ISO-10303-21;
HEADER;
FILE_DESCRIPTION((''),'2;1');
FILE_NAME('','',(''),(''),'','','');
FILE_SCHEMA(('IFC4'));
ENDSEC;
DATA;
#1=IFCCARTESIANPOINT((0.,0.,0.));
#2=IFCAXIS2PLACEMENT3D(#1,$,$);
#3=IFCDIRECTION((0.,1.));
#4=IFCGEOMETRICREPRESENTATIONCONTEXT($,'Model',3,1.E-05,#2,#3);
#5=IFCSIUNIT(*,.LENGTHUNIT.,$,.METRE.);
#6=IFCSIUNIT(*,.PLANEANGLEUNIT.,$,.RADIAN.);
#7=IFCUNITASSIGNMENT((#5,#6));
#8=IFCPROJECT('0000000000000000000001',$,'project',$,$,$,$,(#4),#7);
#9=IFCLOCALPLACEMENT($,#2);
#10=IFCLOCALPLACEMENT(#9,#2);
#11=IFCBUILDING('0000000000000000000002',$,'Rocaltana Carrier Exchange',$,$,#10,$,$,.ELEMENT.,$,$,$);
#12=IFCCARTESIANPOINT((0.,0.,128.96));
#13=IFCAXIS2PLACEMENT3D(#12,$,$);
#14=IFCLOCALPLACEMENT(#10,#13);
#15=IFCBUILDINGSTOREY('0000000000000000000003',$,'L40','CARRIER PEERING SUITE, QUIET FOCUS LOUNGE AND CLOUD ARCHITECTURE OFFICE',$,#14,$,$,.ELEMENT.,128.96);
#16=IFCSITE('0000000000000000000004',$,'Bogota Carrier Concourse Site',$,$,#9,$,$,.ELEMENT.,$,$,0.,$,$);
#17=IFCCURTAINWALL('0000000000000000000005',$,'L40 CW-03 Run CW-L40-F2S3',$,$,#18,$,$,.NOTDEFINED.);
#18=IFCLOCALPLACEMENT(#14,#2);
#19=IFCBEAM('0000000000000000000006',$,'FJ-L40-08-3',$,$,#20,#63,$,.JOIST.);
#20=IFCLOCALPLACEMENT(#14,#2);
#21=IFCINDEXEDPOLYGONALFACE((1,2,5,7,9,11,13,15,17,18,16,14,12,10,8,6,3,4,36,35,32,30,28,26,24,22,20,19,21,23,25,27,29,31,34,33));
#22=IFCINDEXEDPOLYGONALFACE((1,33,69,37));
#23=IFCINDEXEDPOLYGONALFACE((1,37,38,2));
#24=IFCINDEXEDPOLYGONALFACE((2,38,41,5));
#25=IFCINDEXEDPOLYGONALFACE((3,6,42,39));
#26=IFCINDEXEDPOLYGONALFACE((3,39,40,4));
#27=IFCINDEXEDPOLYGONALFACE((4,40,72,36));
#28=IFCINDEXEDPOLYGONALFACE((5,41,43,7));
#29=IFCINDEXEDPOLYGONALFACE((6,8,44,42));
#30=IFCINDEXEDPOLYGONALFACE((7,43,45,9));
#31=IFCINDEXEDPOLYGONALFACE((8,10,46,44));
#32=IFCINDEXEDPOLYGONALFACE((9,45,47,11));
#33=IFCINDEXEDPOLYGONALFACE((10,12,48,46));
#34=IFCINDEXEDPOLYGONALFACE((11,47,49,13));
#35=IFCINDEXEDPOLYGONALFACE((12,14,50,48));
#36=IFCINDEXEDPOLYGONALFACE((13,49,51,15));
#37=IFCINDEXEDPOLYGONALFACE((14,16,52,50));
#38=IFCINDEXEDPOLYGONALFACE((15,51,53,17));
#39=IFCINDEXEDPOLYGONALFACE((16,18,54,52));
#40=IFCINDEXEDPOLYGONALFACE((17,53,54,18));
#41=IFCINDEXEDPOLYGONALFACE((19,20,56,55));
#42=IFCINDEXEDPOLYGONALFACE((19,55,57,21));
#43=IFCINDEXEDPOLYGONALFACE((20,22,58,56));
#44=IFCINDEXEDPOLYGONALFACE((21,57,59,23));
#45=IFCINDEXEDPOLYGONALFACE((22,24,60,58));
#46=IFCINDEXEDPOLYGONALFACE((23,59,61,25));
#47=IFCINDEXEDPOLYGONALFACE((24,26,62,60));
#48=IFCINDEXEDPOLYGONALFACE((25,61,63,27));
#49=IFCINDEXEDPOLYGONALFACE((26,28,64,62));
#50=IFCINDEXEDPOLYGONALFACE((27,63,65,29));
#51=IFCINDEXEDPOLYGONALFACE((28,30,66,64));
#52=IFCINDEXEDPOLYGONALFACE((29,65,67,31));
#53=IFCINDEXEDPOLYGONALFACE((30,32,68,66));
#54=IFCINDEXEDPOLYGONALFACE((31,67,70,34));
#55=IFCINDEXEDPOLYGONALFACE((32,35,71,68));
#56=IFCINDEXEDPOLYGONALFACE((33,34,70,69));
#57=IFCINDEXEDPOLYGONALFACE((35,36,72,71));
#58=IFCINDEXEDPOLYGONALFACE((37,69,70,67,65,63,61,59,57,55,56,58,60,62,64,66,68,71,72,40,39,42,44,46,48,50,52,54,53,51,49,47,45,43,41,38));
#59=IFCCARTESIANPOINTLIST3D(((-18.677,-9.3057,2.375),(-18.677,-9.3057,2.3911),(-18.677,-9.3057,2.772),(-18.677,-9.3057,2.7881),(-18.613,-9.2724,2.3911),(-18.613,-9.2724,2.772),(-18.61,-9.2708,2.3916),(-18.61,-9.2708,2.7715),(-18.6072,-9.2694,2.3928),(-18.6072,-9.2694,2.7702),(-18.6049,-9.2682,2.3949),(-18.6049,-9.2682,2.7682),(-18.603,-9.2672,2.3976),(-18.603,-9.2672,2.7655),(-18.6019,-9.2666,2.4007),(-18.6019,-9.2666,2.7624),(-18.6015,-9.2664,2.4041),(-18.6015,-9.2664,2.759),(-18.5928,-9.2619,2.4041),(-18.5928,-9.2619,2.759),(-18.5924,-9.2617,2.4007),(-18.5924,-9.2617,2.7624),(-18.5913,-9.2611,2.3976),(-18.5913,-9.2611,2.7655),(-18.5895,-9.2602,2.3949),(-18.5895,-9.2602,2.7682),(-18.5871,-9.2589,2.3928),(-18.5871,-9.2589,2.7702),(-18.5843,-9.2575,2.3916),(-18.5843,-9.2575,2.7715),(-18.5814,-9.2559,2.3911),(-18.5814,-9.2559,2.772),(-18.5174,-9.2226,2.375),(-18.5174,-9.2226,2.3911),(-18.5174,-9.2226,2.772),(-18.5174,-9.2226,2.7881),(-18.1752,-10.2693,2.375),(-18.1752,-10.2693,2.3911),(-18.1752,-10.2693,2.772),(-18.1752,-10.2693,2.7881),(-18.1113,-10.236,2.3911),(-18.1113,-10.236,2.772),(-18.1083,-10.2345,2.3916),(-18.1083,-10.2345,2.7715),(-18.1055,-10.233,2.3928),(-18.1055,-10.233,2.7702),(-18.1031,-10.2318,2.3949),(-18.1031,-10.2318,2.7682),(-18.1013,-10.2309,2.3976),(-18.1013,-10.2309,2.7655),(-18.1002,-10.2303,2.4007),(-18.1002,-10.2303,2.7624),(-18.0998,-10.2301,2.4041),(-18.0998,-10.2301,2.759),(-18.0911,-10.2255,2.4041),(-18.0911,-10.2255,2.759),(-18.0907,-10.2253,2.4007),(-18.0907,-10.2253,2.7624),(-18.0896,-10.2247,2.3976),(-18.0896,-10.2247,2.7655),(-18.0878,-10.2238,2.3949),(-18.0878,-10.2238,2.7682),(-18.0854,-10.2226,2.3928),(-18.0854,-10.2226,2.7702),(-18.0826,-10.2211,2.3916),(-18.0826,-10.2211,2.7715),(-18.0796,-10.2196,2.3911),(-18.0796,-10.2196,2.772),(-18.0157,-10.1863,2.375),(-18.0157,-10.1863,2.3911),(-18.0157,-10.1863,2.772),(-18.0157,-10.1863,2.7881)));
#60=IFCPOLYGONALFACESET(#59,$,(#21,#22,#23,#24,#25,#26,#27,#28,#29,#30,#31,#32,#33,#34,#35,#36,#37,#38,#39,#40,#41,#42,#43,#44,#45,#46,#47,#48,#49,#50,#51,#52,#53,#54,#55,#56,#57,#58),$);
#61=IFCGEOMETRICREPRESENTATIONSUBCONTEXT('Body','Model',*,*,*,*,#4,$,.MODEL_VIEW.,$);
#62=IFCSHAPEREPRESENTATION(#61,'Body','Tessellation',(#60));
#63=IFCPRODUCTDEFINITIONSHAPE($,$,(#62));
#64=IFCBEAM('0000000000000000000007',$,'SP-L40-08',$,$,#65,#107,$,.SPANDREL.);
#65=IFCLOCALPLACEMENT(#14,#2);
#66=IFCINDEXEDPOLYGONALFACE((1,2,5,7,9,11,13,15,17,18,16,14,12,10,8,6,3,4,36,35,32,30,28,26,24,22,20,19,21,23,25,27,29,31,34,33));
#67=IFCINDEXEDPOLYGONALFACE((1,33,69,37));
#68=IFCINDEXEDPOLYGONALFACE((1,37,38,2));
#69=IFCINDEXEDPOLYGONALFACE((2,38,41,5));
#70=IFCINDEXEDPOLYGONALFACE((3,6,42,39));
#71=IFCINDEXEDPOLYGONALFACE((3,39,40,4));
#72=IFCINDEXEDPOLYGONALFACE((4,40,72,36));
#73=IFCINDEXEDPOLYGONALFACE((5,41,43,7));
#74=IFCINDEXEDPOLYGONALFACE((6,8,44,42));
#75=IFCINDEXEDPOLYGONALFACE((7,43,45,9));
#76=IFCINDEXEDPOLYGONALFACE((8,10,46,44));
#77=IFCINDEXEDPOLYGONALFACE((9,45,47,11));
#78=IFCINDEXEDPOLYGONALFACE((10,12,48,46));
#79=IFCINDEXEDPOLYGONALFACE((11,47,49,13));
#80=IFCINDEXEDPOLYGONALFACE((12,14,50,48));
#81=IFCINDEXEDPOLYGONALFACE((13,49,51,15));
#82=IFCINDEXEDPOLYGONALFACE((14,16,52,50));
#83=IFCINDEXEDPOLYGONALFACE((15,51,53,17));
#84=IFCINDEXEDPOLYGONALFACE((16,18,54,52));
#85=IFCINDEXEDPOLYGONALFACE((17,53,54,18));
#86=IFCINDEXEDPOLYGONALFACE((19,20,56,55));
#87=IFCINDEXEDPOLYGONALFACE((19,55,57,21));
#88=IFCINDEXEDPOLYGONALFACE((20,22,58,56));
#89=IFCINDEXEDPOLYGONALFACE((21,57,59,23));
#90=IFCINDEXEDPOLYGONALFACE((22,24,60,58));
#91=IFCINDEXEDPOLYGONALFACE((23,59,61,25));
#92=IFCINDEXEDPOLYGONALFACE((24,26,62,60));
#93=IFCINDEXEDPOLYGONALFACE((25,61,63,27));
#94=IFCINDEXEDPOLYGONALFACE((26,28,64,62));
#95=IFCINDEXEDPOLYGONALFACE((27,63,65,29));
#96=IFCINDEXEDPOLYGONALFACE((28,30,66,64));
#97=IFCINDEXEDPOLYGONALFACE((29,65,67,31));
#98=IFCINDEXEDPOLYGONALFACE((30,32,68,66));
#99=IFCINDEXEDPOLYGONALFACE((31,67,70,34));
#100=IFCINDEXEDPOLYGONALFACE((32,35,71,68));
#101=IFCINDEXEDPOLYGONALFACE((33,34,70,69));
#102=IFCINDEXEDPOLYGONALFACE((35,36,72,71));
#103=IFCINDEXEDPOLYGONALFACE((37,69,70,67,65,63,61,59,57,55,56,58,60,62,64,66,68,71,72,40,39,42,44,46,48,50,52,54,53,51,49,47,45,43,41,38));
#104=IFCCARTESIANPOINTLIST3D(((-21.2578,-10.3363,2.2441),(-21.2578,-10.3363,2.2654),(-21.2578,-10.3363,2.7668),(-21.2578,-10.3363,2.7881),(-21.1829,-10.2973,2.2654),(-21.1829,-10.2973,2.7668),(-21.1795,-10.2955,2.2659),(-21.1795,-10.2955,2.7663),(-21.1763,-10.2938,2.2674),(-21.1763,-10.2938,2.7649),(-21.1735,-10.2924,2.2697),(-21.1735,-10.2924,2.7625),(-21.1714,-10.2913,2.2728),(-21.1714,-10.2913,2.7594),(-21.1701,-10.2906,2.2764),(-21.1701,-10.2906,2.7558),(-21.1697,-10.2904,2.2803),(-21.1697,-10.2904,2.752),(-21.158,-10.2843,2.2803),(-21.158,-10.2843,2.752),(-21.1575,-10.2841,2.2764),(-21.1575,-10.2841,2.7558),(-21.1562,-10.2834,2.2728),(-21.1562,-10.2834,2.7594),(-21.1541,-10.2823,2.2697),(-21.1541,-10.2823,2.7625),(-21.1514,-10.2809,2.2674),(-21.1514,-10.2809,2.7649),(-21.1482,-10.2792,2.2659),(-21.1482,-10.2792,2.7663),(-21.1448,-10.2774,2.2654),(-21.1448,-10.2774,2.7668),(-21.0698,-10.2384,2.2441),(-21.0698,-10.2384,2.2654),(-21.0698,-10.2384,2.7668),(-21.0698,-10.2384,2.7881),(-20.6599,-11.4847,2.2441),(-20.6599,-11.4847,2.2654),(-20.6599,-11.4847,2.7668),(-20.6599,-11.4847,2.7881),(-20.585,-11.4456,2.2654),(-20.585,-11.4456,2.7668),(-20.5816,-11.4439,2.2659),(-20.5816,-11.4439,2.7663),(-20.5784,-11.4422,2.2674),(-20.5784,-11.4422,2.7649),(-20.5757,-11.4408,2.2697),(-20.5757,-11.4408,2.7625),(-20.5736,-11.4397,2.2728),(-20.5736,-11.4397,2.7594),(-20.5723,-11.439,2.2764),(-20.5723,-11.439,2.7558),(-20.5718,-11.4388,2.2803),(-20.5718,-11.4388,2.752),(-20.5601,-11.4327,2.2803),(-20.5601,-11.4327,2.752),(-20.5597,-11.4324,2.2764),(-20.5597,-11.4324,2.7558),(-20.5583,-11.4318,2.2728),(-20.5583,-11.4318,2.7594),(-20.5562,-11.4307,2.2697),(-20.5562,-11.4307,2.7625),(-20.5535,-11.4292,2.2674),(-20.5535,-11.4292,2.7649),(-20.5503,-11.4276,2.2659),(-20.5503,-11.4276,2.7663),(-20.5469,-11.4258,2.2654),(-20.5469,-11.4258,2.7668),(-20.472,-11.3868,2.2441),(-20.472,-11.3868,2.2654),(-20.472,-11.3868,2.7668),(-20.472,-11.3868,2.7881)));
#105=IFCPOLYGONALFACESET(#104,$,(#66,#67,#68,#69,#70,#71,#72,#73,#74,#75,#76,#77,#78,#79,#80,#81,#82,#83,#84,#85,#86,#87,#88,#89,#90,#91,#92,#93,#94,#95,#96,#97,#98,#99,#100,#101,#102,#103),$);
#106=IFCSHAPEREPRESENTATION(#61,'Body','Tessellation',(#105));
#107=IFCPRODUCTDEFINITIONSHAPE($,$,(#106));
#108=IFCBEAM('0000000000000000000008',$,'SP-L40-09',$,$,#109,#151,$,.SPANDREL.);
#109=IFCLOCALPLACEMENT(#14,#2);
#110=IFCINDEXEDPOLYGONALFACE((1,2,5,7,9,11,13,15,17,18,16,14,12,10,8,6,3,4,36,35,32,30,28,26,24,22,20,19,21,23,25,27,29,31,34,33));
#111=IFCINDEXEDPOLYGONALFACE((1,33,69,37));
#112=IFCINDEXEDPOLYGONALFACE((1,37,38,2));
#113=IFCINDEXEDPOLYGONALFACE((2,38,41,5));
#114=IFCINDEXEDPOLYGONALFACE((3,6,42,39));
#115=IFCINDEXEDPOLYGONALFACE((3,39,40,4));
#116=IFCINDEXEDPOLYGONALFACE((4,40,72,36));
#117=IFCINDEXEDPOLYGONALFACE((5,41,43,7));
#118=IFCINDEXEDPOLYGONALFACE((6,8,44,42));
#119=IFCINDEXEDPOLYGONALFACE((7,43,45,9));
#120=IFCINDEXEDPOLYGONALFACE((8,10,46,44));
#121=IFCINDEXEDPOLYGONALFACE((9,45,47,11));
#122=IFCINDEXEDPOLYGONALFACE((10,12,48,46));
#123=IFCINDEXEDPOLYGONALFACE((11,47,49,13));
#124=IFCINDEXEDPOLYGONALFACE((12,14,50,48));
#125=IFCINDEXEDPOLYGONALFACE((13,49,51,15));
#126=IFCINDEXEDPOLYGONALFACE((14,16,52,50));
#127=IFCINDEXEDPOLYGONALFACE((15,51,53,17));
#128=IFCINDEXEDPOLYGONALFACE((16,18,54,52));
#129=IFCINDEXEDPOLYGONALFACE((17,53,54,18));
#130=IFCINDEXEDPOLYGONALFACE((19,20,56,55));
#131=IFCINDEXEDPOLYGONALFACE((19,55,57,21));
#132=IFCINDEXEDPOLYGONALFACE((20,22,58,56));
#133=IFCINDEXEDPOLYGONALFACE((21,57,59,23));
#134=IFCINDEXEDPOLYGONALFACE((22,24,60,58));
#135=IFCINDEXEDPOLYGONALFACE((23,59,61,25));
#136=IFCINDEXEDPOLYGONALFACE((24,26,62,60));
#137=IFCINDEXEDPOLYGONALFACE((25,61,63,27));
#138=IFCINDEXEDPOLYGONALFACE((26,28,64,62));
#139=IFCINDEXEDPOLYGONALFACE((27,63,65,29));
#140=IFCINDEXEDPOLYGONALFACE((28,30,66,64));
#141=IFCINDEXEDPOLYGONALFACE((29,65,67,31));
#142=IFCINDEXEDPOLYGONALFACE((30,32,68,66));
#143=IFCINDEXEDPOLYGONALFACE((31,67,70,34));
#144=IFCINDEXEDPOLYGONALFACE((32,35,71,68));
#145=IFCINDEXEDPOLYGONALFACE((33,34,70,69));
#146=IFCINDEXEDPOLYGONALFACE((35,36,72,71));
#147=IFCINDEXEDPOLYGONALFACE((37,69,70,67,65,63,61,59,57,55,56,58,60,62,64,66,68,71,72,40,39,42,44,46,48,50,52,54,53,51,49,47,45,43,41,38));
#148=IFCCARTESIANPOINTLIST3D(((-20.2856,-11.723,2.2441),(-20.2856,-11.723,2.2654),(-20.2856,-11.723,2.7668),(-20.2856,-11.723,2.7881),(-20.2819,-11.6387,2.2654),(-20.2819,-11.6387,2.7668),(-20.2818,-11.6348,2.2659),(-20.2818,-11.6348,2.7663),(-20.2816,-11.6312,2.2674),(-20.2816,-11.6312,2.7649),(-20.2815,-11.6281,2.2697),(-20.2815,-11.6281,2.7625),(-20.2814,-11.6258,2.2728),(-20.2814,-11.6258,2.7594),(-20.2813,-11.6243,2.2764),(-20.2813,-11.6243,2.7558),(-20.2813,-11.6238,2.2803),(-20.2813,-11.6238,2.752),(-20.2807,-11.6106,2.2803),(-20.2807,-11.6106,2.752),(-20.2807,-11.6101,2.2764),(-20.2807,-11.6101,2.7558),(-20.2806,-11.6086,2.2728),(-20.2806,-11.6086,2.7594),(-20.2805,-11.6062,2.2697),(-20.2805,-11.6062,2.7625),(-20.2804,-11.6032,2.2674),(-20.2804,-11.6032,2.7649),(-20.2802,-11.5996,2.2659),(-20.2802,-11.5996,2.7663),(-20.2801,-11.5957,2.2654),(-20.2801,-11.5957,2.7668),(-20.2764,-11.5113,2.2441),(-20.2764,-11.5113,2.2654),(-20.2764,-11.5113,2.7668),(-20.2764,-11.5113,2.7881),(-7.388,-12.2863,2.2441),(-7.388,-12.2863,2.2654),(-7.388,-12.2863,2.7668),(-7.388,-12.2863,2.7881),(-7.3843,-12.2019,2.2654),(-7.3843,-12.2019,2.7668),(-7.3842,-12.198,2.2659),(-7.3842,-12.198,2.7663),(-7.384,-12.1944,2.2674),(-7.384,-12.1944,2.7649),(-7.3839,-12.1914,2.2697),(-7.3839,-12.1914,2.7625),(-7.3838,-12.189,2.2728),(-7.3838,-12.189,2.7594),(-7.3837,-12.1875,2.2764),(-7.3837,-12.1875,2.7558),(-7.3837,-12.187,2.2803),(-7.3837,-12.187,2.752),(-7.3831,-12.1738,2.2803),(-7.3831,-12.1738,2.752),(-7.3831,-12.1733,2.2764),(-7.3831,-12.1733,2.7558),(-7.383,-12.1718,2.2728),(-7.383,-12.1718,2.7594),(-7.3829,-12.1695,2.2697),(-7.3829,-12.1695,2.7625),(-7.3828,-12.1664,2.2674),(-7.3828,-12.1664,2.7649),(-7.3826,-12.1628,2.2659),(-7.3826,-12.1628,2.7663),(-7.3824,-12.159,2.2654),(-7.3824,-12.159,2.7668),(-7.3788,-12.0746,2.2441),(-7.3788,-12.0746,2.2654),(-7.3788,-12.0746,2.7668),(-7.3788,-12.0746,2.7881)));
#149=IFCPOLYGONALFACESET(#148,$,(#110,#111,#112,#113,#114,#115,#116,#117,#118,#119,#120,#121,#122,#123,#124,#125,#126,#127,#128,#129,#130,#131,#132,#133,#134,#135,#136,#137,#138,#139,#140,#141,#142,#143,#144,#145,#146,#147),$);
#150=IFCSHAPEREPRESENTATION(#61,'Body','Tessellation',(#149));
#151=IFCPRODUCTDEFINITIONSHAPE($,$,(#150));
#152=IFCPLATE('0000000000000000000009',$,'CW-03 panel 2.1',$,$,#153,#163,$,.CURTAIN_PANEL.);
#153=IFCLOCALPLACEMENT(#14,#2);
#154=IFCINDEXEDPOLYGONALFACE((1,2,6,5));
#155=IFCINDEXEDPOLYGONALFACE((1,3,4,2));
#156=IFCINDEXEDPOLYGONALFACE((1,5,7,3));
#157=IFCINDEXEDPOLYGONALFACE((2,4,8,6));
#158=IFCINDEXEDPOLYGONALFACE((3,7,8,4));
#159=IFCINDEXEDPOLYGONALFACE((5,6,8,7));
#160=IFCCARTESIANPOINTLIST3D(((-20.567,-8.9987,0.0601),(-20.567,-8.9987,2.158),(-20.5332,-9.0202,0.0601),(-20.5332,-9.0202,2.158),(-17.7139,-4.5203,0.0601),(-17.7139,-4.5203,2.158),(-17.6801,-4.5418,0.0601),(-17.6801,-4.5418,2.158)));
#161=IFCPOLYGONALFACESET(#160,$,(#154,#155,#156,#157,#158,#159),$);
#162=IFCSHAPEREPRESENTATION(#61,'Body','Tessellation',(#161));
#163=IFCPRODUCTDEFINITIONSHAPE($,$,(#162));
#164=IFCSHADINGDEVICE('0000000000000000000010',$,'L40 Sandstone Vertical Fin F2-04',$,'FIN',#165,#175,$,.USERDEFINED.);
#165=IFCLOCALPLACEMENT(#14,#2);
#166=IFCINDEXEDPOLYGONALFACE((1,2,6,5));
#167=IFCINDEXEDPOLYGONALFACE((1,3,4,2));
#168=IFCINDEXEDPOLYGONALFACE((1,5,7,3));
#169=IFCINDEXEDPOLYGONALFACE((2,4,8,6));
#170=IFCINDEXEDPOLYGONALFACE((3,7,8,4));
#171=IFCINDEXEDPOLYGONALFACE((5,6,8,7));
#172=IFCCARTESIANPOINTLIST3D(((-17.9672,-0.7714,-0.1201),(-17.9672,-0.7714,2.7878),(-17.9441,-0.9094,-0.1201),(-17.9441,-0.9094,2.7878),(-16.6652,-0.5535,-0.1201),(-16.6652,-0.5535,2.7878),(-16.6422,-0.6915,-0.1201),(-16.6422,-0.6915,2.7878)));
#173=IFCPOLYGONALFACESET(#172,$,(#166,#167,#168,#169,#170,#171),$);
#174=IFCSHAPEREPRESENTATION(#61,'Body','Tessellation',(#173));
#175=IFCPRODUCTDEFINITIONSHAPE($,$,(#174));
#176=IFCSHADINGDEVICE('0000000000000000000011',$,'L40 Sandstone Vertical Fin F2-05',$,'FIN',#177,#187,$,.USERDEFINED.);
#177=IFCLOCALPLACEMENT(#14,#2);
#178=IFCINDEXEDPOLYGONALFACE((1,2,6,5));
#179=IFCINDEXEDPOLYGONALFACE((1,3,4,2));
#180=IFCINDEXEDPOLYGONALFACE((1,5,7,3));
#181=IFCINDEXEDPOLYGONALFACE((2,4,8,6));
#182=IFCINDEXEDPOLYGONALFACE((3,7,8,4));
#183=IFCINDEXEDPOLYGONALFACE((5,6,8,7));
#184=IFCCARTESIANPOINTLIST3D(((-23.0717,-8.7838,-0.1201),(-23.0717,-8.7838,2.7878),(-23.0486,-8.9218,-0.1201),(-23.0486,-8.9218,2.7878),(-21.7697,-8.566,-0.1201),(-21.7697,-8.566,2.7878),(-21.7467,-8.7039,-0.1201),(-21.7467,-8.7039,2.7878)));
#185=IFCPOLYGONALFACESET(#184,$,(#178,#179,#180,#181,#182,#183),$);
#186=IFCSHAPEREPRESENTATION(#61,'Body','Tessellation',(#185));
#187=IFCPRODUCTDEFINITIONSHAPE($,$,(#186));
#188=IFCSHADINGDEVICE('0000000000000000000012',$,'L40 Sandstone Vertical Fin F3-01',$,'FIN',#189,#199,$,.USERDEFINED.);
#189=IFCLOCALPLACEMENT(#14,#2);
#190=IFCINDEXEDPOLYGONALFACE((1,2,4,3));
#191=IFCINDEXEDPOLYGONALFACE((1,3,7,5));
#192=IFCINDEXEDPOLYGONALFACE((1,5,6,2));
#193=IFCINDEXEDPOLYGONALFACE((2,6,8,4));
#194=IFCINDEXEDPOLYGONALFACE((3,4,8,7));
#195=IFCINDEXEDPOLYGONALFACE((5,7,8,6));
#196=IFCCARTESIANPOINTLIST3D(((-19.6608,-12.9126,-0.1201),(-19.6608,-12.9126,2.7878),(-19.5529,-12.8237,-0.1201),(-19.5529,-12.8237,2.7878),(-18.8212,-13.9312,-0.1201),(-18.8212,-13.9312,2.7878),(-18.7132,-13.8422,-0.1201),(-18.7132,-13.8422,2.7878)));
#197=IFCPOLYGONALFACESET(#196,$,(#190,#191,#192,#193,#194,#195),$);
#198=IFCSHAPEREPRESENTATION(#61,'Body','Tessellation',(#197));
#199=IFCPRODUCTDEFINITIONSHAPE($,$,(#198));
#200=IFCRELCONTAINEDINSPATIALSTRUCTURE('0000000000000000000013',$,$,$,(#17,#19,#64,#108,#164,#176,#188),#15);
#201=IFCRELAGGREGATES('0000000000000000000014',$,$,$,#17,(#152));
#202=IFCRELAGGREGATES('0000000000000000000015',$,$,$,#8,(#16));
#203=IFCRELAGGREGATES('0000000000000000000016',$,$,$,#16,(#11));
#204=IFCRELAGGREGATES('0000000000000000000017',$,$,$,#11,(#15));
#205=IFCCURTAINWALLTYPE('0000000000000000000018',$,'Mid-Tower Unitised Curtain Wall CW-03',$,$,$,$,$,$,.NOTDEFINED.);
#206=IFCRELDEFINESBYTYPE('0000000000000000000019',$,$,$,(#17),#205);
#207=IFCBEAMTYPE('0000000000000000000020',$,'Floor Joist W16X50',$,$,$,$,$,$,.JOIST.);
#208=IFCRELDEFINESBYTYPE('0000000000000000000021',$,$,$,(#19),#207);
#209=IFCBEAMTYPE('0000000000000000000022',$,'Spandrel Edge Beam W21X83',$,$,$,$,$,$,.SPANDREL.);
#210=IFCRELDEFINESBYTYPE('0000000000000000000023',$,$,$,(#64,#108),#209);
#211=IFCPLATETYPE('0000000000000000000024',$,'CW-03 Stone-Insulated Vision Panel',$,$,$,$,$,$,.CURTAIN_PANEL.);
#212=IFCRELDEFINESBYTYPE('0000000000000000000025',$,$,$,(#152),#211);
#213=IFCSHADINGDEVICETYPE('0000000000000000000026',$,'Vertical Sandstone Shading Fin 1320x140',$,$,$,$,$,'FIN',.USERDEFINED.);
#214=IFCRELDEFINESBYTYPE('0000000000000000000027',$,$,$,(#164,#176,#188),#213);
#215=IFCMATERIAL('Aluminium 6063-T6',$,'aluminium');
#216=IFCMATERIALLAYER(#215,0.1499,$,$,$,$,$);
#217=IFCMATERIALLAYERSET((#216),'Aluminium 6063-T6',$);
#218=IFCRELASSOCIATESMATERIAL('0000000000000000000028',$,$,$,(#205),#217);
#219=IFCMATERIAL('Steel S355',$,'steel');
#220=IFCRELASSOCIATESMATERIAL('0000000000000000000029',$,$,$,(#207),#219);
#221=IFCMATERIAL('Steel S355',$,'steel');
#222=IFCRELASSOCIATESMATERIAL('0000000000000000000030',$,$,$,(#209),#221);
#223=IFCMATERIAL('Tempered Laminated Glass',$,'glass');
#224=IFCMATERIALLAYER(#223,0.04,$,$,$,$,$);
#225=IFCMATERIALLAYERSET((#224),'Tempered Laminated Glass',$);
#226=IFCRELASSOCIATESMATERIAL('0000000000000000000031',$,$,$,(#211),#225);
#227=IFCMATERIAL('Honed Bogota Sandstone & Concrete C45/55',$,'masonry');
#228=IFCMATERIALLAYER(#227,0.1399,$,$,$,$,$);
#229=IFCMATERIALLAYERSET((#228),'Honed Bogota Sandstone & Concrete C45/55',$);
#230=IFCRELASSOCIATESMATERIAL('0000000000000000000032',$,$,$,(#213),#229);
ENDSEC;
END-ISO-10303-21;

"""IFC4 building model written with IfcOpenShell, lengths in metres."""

from ifc_helpers import new_model, si_unit, direction, frame, origin, origin_2d, place, context, subcontext, project, spatial, rectangle, i_section, extrude, material, layer, layer_set, material_profile, profile_set, type_object, element, aggregate, save


model = new_model("IFC4")

# Units and contexts
model_context = context("Model", 3, precision=1e-05, world=origin(), true_north=direction((0.0, 1.0)))
body_context = subcontext(model_context, "Body", "Model", "MODEL_VIEW")
ifc_project = project(units=[si_unit("LENGTHUNIT", "METRE"), si_unit("PLANEANGLEUNIT", "RADIAN")], contexts=[model_context])

# Site, building, storey
site_placement = place(None, origin())
site = spatial("IfcSite", under=ifc_project, at=site_placement, Name="Bogota Carrier Concourse Site", CompositionType="ELEMENT", RefElevation=0.0)
building_placement = place(site_placement, origin())
building = spatial("IfcBuilding", under=site, at=building_placement, Name="Rocaltana Carrier Exchange", CompositionType="ELEMENT")
storey_placement = place(building_placement, frame((0.0, 0.0, 128.96)))
storey = spatial("IfcBuildingStorey", under=building, at=storey_placement, Name="L40", Description="CARRIER PEERING SUITE, QUIET FOCUS LOUNGE AND CLOUD ARCHITECTURE OFFICE", CompositionType="ELEMENT", Elevation=128.96)

# Curtain wall
ifc_material_1 = material(Name="Aluminium 6063-T6", Category="aluminium")
ifc_layer_1 = layer(ifc_material_1, 0.1499)
ifc_layer_set_1 = layer_set([ifc_layer_1], Name="Aluminium 6063-T6")
curtain_wall_type = type_object("IfcCurtainWallType", Name="Mid-Tower Unitised Curtain Wall CW-03", PredefinedType="NOTDEFINED", material=ifc_layer_set_1)
curtain_wall_1_placement = place(storey_placement, origin())
curtain_wall_1 = element("IfcCurtainWall", 1, at=curtain_wall_1_placement, inside=storey, type_object=curtain_wall_type, Name="L40 CW-03 Run CW-L40-F2S3", PredefinedType="NOTDEFINED")

# Beams
ifc_material_2 = material(Name="Steel S355", Category="steel")
ifc_material_profile_1 = material_profile(ifc_material_2, i_section(OverallWidth=0.1799, OverallDepth=0.4131, WebThickness=0.0098, FlangeThickness=0.0161, FilletRadius=0.0129, at=origin_2d()), Name="W16X50")
ifc_profile_set_1 = profile_set([ifc_material_profile_1], Name="Steel S355")
beam_type_1 = type_object("IfcBeamType", Name="Floor Joist W16X50", PredefinedType="JOIST", material=ifc_profile_set_1)
beam_1_placement = place(storey_placement, frame((-18.5972, -9.2642, 2.5815), z_axis=(0.461806, -0.886981, 0.0), x_axis=(0.886981, 0.461806, 0.0)))
element("IfcBeam", 2, at=beam_1_placement, inside=storey, type_object=beam_type_1, Name="FJ-L40-08-3", PredefinedType="JOIST", context=body_context, shape_type="SweptSolid", body=[
    extrude(i_section(OverallWidth=0.1799, OverallDepth=0.4131, WebThickness=0.0098, FlangeThickness=0.0161, FilletRadius=0.0129, at=origin_2d()), origin(), (0.0, 0.0, 1.0), 1.0864),
])
ifc_material_3 = material(Name="Steel S355", Category="steel")
ifc_material_profile_2 = material_profile(ifc_material_3, i_section(OverallWidth=0.2119, OverallDepth=0.5439, WebThickness=0.0132, FlangeThickness=0.0212, FilletRadius=0.0149, at=origin_2d()), Name="W21X83")
ifc_profile_set_2 = profile_set([ifc_material_profile_2], Name="Steel S355")
beam_type_2 = type_object("IfcBeamType", Name="Spandrel Edge Beam W21X83", PredefinedType="SPANDREL", material=ifc_profile_set_2)
beam_2_placement = place(storey_placement, frame((-21.1638, -10.2874, 2.5161), z_axis=(0.461786, -0.886991, 0.0), x_axis=(0.886991, 0.461786, 0.0)))
element("IfcBeam", 3, at=beam_2_placement, inside=storey, type_object=beam_type_2, Name="SP-L40-08", PredefinedType="SPANDREL", context=body_context, shape_type="SweptSolid", body=[
    extrude(i_section(OverallWidth=0.2119, OverallDepth=0.5439, WebThickness=0.0132, FlangeThickness=0.0212, FilletRadius=0.0149, at=origin_2d()), origin(), (0.0, 0.0, 1.0), 1.2947),
])
beam_3_placement = place(storey_placement, frame((-20.281, -11.6172, 2.5161), z_axis=(0.999048, -0.043628, 0.0), x_axis=(0.043628, 0.999048, 0.0)))
element("IfcBeam", 4, at=beam_3_placement, inside=storey, type_object=beam_type_2, Name="SP-L40-09", PredefinedType="SPANDREL", context=body_context, shape_type="SweptSolid", body=[
    extrude(i_section(OverallWidth=0.2119, OverallDepth=0.5439, WebThickness=0.0132, FlangeThickness=0.0212, FilletRadius=0.0149, at=origin_2d()), origin(), (0.0, 0.0, 1.0), 12.9099),
])

# Plate
ifc_material_4 = material(Name="Tempered Laminated Glass", Category="glass")
ifc_layer_2 = layer(ifc_material_4, 0.04)
ifc_layer_set_2 = layer_set([ifc_layer_2], Name="Tempered Laminated Glass")
plate_type = type_object("IfcPlateType", Name="CW-03 Stone-Insulated Vision Panel", PredefinedType="CURTAIN_PANEL", material=ifc_layer_set_2)
plate_placement = place(storey_placement, frame((-19.1235, -6.7703, 0.0601), z_axis=(0.0, 0.0, 1.0), x_axis=(-0.537301, -0.843391, 0.0)))
plate = element("IfcPlate", 5, at=plate_placement, type_object=plate_type, Name="CW-03 panel 2.1", PredefinedType="CURTAIN_PANEL", context=body_context, shape_type="SweptSolid", body=[
    extrude(rectangle(XDim=5.3101, YDim=0.04, at=origin_2d()), origin(), (0.0, 0.0, 1.0), 2.0979),
])
aggregate(curtain_wall_1, [plate])

# Shading devices
ifc_material_5 = material(Name="Honed Bogota Sandstone & Concrete C45/55", Category="masonry")
ifc_layer_3 = layer(ifc_material_5, 0.1399)
ifc_layer_set_3 = layer_set([ifc_layer_3], Name="Honed Bogota Sandstone & Concrete C45/55")
shading_device_type = type_object("IfcShadingDeviceType", Name="Vertical Sandstone Shading Fin 1320x140", ElementType="FIN", PredefinedType="USERDEFINED", material=ifc_layer_set_3)
for number, where, z_axis, x_axis, name in (
    (6, (-17.3047, -0.7314, -0.1201), (0.0, 0.0, 1.0), (-0.986286, -0.165048, 0.0), "L40 Sandstone Vertical Fin F2-04"),
    (7, (-22.4092, -8.7439, -0.1201), (0.0, 0.0, 1.0), (-0.986286, -0.165048, 0.0), "L40 Sandstone Vertical Fin F2-05"),
    (8, (-19.187, -13.3774, -0.1201), (0.0, 0.0, 1.0), (0.636078, -0.771625, 0.0), "L40 Sandstone Vertical Fin F3-01"),
):
    element("IfcShadingDevice", number, at=place(storey_placement, frame(where, z_axis=z_axis, x_axis=x_axis)), inside=storey, type_object=shading_device_type, Name=name, ObjectType="FIN", PredefinedType="USERDEFINED", context=body_context, shape_type="SweptSolid", body=[
        extrude(rectangle(XDim=1.3201, YDim=0.1399, at=origin_2d()), origin(), (0.0, 0.0, 1.0), 2.908),
    ])

save(model, "model.ifc")
